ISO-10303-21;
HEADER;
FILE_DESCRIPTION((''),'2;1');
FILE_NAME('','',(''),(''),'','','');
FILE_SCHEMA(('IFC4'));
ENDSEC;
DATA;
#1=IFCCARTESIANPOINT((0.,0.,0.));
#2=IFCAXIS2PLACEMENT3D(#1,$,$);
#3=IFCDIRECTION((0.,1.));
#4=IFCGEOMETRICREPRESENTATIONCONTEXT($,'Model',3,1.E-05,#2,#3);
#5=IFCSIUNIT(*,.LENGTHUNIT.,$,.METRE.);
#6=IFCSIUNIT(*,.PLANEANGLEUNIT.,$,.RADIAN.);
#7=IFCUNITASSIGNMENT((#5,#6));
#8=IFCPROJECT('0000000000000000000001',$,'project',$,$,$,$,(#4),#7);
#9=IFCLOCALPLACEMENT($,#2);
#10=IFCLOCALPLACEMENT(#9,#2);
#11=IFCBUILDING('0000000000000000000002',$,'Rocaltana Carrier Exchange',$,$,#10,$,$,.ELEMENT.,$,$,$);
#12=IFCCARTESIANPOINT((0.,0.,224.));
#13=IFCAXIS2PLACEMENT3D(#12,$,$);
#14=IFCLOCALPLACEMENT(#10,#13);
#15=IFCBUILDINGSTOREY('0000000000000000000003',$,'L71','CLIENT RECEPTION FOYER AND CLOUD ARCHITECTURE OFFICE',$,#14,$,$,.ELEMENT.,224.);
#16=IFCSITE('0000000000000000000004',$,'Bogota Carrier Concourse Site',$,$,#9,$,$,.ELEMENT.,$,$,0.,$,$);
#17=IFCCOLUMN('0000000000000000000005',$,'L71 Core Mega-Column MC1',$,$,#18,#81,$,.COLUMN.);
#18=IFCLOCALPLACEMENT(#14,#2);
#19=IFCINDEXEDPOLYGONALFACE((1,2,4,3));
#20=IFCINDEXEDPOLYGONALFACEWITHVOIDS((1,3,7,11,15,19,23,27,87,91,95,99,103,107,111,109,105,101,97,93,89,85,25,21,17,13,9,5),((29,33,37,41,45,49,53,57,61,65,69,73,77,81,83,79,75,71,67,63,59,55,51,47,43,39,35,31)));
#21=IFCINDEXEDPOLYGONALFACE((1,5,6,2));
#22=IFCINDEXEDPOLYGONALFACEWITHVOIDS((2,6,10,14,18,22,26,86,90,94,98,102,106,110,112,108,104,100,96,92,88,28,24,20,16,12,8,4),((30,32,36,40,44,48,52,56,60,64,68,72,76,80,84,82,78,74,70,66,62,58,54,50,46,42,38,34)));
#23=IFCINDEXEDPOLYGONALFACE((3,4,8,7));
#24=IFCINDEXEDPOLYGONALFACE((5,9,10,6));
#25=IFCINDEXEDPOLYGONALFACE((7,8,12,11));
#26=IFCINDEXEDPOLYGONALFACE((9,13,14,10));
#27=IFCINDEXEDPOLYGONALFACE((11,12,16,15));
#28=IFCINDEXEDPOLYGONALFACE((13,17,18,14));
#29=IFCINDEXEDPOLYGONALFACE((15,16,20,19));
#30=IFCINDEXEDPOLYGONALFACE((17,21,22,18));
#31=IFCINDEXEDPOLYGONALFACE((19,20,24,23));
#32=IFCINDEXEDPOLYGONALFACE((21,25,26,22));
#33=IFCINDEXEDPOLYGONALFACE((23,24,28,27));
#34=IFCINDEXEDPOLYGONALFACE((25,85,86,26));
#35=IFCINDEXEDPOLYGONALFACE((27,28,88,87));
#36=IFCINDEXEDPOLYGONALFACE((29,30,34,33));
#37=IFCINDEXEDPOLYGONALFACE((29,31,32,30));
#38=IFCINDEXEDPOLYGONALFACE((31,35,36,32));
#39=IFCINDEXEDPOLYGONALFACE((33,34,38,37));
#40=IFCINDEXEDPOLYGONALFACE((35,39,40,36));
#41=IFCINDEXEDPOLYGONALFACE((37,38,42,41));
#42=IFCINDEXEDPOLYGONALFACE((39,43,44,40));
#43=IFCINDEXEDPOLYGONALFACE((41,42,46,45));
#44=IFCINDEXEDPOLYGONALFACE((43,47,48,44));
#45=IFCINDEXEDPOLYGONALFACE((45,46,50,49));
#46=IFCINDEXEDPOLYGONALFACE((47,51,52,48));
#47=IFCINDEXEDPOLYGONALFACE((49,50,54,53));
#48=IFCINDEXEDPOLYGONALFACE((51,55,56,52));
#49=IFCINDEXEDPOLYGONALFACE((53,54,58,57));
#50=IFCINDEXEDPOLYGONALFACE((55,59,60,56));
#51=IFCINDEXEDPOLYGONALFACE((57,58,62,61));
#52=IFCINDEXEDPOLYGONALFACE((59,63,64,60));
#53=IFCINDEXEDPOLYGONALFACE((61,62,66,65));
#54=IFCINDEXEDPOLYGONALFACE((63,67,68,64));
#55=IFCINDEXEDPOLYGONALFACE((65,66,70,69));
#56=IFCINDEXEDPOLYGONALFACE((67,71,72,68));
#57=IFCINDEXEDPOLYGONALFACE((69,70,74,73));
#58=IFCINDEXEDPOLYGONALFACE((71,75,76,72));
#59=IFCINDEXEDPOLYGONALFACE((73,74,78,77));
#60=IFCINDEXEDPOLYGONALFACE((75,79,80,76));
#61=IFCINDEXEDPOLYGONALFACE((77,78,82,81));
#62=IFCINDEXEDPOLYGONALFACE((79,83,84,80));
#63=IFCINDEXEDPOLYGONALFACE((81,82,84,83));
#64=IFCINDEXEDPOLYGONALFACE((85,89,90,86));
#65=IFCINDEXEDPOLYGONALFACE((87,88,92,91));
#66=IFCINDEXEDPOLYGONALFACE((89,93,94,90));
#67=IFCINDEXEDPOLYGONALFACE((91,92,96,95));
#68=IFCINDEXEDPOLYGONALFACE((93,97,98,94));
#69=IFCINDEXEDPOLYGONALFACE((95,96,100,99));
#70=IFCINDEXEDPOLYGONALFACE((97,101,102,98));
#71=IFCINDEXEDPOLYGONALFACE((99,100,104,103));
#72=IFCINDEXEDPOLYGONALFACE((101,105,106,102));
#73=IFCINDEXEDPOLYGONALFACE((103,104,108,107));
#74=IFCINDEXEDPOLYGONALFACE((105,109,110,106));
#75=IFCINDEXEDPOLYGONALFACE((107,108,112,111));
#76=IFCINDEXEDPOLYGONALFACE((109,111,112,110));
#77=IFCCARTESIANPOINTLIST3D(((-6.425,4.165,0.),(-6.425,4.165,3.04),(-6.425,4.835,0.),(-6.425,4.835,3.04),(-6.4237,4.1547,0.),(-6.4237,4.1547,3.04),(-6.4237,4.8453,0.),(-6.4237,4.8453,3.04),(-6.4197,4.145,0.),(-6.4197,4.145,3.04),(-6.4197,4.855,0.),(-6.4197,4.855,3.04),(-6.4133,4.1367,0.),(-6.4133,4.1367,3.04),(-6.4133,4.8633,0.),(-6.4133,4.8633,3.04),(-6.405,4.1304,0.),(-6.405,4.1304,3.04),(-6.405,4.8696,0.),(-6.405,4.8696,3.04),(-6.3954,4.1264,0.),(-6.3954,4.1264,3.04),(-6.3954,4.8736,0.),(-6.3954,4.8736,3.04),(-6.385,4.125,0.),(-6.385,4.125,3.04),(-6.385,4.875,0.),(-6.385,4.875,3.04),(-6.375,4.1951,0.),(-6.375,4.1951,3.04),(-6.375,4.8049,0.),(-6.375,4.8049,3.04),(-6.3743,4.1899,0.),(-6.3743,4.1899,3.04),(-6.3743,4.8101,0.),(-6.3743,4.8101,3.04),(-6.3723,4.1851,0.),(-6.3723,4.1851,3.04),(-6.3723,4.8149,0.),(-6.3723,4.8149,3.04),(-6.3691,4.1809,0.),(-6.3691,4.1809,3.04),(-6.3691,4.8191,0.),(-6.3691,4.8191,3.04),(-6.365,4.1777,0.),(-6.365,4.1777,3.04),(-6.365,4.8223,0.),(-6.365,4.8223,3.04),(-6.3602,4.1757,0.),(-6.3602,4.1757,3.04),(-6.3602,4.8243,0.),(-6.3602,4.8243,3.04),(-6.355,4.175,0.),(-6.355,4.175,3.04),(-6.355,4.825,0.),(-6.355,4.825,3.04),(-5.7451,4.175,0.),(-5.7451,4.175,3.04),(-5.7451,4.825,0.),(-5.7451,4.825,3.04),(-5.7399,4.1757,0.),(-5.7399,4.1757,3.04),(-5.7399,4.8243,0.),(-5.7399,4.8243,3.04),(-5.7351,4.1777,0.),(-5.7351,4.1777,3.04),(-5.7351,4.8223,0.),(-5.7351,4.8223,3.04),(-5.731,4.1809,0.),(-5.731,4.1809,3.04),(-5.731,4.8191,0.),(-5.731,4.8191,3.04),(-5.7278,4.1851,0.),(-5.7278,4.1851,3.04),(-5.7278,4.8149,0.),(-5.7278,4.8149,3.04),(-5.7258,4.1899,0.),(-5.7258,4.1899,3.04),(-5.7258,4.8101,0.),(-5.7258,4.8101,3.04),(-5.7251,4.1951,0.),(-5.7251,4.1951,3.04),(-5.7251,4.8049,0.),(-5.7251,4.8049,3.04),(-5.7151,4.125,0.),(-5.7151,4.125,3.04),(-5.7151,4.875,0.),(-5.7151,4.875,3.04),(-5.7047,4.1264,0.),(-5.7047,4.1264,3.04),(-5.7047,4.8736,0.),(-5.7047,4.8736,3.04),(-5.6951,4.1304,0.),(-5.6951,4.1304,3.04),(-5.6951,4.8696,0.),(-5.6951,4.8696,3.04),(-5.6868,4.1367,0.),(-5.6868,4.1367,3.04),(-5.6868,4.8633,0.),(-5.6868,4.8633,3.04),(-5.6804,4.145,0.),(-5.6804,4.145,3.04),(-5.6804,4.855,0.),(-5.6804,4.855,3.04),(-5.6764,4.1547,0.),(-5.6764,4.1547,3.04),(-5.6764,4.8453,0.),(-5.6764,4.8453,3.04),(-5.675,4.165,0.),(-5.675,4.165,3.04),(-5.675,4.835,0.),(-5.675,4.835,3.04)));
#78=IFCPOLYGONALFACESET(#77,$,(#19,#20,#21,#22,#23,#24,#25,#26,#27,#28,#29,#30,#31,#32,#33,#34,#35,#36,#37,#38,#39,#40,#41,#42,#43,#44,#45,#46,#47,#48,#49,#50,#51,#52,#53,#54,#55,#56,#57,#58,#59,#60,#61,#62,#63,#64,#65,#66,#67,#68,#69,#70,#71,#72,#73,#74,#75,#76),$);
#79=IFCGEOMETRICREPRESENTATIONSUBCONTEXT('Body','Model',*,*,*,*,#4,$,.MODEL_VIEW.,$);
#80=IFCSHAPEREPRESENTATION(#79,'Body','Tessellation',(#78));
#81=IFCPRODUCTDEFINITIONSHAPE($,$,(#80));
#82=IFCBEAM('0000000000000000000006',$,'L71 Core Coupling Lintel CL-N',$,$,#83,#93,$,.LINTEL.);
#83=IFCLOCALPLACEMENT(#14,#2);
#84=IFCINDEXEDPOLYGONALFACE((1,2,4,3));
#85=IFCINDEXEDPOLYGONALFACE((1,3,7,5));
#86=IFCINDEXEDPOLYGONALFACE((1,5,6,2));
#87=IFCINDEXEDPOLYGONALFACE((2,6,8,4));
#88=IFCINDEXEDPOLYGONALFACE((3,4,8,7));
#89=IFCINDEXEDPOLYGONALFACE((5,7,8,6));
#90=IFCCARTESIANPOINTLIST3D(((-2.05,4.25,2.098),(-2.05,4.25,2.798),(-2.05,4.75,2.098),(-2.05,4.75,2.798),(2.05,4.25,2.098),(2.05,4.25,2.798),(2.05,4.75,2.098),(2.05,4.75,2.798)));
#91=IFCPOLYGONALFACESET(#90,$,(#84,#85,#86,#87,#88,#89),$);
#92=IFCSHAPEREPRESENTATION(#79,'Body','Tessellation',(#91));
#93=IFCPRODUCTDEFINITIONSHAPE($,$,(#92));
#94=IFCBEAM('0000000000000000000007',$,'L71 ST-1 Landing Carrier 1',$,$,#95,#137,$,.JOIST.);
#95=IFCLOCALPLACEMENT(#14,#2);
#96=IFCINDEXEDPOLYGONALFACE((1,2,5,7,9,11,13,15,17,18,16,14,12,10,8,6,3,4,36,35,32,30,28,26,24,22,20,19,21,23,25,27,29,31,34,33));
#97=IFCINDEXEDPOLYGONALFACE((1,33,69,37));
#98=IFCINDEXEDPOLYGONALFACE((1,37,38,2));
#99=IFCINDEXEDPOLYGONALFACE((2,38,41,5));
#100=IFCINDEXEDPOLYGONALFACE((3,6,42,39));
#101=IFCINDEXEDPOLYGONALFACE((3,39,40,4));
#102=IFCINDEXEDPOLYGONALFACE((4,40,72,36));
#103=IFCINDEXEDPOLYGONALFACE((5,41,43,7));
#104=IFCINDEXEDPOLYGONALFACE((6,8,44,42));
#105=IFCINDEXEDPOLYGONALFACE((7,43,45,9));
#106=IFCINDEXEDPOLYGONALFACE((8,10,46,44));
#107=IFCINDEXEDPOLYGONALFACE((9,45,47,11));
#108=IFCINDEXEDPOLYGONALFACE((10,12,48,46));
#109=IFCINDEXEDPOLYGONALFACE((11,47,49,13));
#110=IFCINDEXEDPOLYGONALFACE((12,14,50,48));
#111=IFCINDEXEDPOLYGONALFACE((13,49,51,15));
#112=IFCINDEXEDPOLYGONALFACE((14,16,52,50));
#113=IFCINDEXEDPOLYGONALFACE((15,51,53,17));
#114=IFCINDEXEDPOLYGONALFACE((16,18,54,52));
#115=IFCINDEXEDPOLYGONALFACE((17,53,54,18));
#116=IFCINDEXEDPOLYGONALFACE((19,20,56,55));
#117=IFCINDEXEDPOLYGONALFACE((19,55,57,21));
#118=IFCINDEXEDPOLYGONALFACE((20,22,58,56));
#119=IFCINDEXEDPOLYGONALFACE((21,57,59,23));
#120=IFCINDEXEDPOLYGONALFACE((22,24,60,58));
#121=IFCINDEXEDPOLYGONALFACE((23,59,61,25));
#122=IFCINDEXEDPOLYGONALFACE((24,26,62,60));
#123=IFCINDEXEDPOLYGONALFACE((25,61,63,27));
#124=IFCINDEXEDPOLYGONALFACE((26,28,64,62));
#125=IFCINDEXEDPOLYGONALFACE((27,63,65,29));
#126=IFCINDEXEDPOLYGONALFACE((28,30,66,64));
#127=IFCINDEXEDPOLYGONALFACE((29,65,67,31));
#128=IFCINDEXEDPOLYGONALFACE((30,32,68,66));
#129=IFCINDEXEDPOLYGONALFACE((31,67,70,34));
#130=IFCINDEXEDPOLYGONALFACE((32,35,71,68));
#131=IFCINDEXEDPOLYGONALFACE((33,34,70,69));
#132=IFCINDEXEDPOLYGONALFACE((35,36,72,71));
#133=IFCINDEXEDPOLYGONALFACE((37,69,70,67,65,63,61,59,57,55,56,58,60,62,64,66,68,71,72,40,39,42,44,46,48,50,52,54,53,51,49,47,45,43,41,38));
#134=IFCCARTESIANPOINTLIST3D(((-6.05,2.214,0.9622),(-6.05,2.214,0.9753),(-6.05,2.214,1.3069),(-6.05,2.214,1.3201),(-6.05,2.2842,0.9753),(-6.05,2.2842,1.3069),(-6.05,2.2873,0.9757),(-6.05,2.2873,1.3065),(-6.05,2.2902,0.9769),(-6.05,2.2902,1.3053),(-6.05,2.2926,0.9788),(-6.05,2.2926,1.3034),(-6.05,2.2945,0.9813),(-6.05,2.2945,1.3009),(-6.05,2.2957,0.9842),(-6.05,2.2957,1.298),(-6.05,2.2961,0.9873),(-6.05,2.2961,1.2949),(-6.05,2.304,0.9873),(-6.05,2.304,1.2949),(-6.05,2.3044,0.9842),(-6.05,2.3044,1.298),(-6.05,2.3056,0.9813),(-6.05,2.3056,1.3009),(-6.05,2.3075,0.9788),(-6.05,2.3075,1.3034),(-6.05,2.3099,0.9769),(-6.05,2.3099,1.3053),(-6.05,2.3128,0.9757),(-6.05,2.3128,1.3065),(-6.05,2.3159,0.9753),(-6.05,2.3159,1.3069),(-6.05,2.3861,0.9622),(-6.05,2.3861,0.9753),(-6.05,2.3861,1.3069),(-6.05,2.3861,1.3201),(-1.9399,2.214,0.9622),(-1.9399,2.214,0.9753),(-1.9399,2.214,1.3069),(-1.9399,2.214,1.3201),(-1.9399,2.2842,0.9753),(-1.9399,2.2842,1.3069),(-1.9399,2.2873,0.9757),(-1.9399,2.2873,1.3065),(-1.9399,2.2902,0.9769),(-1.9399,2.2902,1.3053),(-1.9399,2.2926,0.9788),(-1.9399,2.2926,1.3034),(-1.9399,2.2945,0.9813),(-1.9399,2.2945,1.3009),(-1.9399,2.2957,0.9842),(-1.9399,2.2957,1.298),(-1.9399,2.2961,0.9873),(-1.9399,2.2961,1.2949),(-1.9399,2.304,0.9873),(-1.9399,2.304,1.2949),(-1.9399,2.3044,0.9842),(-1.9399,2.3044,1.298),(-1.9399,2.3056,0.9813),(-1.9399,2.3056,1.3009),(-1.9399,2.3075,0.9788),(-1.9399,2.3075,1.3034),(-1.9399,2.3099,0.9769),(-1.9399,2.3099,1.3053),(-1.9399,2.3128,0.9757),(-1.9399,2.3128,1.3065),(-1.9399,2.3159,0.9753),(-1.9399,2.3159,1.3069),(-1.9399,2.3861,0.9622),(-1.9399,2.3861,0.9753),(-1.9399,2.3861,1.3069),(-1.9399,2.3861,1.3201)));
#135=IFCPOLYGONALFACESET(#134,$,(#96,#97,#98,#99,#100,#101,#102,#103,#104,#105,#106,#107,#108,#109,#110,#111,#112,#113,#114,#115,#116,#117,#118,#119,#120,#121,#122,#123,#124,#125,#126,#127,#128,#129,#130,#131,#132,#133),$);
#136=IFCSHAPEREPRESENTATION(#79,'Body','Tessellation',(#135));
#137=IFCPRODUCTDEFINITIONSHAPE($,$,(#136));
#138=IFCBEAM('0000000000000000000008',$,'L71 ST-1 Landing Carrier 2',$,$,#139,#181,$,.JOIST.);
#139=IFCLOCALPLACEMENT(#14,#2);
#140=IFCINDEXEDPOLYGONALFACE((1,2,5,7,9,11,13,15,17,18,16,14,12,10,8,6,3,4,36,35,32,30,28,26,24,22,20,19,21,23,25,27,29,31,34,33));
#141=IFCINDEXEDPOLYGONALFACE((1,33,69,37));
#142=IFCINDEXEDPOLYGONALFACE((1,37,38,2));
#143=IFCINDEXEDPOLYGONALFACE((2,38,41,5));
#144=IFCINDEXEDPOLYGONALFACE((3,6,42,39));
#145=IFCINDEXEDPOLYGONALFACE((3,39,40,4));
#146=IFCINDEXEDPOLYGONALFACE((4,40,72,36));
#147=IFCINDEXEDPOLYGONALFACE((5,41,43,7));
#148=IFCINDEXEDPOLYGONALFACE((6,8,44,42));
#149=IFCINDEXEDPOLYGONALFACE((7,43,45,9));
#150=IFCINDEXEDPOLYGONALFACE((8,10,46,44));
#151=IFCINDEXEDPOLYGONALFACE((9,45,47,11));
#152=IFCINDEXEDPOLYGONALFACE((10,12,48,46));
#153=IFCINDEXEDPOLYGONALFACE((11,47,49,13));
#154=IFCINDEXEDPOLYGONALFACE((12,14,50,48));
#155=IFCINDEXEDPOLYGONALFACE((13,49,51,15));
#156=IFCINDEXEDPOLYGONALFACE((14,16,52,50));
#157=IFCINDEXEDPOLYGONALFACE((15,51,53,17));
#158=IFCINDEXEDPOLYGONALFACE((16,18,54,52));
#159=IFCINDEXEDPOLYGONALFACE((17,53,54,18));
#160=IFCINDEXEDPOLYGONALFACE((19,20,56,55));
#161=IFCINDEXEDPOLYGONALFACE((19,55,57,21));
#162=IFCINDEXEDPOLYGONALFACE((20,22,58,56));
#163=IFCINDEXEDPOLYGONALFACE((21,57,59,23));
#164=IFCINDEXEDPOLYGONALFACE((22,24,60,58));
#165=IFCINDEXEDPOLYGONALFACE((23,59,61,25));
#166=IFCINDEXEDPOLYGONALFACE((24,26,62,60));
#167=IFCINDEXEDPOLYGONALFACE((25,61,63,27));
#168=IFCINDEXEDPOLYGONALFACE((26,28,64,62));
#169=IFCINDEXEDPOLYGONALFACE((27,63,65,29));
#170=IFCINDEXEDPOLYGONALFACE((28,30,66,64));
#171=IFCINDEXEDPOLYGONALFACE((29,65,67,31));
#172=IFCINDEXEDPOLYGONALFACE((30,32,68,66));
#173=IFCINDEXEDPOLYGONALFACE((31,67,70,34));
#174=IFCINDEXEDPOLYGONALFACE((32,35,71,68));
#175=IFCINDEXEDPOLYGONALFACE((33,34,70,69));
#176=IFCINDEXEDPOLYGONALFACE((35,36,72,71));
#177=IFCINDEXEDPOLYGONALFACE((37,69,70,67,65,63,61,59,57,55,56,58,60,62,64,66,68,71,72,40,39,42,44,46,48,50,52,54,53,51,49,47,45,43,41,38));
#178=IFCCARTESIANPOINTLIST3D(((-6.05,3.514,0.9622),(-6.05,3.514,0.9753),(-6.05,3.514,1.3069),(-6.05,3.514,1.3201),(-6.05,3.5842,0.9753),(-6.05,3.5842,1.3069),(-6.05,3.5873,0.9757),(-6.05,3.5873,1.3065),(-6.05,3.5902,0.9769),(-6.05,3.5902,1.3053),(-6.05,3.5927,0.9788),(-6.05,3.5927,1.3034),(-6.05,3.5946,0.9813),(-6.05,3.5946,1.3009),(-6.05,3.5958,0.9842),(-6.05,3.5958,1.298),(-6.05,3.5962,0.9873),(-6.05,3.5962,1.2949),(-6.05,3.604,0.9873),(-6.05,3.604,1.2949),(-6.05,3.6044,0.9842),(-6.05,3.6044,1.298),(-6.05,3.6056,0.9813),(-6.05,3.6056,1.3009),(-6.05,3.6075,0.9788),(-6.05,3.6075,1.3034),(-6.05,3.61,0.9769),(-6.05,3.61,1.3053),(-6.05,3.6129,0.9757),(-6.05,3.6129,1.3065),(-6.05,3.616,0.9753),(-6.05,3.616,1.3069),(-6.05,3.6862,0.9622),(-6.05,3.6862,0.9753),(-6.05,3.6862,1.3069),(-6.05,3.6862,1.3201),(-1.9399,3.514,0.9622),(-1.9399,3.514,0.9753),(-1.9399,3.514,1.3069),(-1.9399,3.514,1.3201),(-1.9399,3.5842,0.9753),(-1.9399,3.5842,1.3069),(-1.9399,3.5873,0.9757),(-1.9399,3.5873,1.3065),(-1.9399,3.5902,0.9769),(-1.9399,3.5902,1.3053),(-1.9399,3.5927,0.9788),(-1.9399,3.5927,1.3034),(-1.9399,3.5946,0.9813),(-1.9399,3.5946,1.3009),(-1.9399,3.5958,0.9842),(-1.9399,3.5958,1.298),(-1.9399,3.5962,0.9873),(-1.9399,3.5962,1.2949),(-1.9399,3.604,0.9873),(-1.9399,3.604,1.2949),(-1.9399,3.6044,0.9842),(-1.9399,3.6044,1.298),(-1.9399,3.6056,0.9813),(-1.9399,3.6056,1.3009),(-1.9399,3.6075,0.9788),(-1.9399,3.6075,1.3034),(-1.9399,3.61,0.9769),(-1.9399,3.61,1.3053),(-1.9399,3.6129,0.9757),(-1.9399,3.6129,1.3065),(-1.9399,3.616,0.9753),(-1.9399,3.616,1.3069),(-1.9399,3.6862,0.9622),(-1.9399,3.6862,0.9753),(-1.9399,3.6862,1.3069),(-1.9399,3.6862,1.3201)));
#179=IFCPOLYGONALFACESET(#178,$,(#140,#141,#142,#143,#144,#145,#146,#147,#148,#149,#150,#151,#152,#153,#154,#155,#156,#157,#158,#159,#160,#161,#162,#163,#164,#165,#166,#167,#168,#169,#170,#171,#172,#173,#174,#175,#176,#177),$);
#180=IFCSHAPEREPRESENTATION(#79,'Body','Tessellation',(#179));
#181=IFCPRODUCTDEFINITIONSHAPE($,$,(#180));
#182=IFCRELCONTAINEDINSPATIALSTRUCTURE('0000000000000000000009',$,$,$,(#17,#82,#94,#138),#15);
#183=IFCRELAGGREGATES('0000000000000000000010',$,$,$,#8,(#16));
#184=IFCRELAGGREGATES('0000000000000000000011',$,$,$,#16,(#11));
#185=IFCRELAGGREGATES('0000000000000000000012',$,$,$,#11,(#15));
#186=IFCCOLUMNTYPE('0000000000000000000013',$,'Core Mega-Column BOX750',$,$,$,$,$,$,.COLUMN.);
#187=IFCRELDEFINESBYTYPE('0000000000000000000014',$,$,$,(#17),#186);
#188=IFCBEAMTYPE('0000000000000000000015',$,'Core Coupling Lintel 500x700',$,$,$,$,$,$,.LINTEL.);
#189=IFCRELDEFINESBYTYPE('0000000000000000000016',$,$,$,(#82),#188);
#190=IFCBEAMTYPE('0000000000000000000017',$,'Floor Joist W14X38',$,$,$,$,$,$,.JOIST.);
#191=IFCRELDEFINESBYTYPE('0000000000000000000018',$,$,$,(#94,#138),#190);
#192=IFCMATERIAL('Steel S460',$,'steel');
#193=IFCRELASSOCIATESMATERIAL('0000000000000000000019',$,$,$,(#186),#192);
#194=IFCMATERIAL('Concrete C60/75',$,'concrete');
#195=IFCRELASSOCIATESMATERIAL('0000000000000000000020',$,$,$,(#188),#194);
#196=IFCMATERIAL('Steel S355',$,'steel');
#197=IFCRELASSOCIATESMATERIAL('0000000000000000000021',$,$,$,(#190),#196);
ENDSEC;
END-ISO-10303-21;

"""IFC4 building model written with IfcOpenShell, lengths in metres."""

from ifc_helpers import new_model, si_unit, direction, frame, origin, origin_2d, place, context, subcontext, project, spatial, rectangle, hollow_rectangle, i_section, extrude, material, material_profile, profile_set, type_object, element, save


model = new_model("IFC4")

# Units and contexts
model_context = context("Model", 3, precision=1e-05, world=origin(), true_north=direction((0.0, 1.0)))
body_context = subcontext(model_context, "Body", "Model", "MODEL_VIEW")
ifc_project = project(units=[si_unit("LENGTHUNIT", "METRE"), si_unit("PLANEANGLEUNIT", "RADIAN")], contexts=[model_context])

# Site, building, storey
site_placement = place(None, origin())
site = spatial("IfcSite", under=ifc_project, at=site_placement, Name="Bogota Carrier Concourse Site", CompositionType="ELEMENT", RefElevation=0.0)
building_placement = place(site_placement, origin())
building = spatial("IfcBuilding", under=site, at=building_placement, Name="Rocaltana Carrier Exchange", CompositionType="ELEMENT")
storey_placement = place(building_placement, frame((0.0, 0.0, 224.0)))
storey = spatial("IfcBuildingStorey", under=building, at=storey_placement, Name="L71", Description="CLIENT RECEPTION FOYER AND CLOUD ARCHITECTURE OFFICE", CompositionType="ELEMENT", Elevation=224.0)

# Column
ifc_material_1 = material(Name="Steel S460", Category="steel")
ifc_material_profile_1 = material_profile(ifc_material_1, hollow_rectangle(XDim=0.75, YDim=0.75, WallThickness=0.05, InnerFilletRadius=0.02, OuterFilletRadius=0.04, at=origin_2d()), Name="BOX750X750X50")
ifc_profile_set_1 = profile_set([ifc_material_profile_1], Name="Steel S460")
column_type = type_object("IfcColumnType", Name="Core Mega-Column BOX750", PredefinedType="COLUMN", material=ifc_profile_set_1)
column_placement = place(storey_placement, frame((-6.05, 4.5, 0.0), z_axis=(0.0, 0.0, 1.0), x_axis=(1.0, 0.0, 0.0)))
element("IfcColumn", 1, at=column_placement, inside=storey, type_object=column_type, Name="L71 Core Mega-Column MC1", PredefinedType="COLUMN", context=body_context, shape_type="SweptSolid", body=[
    extrude(hollow_rectangle(XDim=0.75, YDim=0.75, WallThickness=0.05, InnerFilletRadius=0.02, OuterFilletRadius=0.04, at=origin_2d()), origin(), (0.0, 0.0, 1.0), 3.04),
])

# Beams
ifc_material_2 = material(Name="Concrete C60/75", Category="concrete")
ifc_material_profile_2 = material_profile(ifc_material_2, rectangle(XDim=0.5, YDim=0.7, at=origin_2d()), Name="RC-BM-500X700")
ifc_profile_set_2 = profile_set([ifc_material_profile_2], Name="Concrete C60/75")
beam_type_1 = type_object("IfcBeamType", Name="Core Coupling Lintel 500x700", PredefinedType="LINTEL", material=ifc_profile_set_2)
beam_1_placement = place(storey_placement, frame((-2.05, 4.5, 2.448), z_axis=(1.0, 0.0, 0.0), x_axis=(0.0, 1.0, 0.0)))
element("IfcBeam", 2, at=beam_1_placement, inside=storey, type_object=beam_type_1, Name="L71 Core Coupling Lintel CL-N", PredefinedType="LINTEL", context=body_context, shape_type="SweptSolid", body=[
    extrude(rectangle(XDim=0.5, YDim=0.7, at=origin_2d()), origin(), (0.0, 0.0, 1.0), 4.1001),
])
ifc_material_3 = material(Name="Steel S355", Category="steel")
ifc_material_profile_3 = material_profile(ifc_material_3, i_section(OverallWidth=0.1721, OverallDepth=0.3579, WebThickness=0.0078, FlangeThickness=0.0132, FilletRadius=0.012, at=origin_2d()), Name="W14X38")
ifc_profile_set_3 = profile_set([ifc_material_profile_3], Name="Steel S355")
beam_type_2 = type_object("IfcBeamType", Name="Floor Joist W14X38", PredefinedType="JOIST", material=ifc_profile_set_3)
for number, where, z_axis, x_axis, name in (
    (3, (-6.05, 2.3, 1.1411), (1.0, 0.0, 0.0), (0.0, 1.0, 0.0), "L71 ST-1 Landing Carrier 1"),
    (4, (-6.05, 3.6001, 1.1411), (1.0, 0.0, 0.0), (0.0, 1.0, 0.0), "L71 ST-1 Landing Carrier 2"),
):
    element("IfcBeam", number, at=place(storey_placement, frame(where, z_axis=z_axis, x_axis=x_axis)), inside=storey, type_object=beam_type_2, Name=name, PredefinedType="JOIST", context=body_context, shape_type="SweptSolid", body=[
        extrude(i_section(OverallWidth=0.1721, OverallDepth=0.3579, WebThickness=0.0078, FlangeThickness=0.0132, FilletRadius=0.012, at=origin_2d()), origin(), (0.0, 0.0, 1.0), 4.1101),
    ])

save(model, "model.ifc")
